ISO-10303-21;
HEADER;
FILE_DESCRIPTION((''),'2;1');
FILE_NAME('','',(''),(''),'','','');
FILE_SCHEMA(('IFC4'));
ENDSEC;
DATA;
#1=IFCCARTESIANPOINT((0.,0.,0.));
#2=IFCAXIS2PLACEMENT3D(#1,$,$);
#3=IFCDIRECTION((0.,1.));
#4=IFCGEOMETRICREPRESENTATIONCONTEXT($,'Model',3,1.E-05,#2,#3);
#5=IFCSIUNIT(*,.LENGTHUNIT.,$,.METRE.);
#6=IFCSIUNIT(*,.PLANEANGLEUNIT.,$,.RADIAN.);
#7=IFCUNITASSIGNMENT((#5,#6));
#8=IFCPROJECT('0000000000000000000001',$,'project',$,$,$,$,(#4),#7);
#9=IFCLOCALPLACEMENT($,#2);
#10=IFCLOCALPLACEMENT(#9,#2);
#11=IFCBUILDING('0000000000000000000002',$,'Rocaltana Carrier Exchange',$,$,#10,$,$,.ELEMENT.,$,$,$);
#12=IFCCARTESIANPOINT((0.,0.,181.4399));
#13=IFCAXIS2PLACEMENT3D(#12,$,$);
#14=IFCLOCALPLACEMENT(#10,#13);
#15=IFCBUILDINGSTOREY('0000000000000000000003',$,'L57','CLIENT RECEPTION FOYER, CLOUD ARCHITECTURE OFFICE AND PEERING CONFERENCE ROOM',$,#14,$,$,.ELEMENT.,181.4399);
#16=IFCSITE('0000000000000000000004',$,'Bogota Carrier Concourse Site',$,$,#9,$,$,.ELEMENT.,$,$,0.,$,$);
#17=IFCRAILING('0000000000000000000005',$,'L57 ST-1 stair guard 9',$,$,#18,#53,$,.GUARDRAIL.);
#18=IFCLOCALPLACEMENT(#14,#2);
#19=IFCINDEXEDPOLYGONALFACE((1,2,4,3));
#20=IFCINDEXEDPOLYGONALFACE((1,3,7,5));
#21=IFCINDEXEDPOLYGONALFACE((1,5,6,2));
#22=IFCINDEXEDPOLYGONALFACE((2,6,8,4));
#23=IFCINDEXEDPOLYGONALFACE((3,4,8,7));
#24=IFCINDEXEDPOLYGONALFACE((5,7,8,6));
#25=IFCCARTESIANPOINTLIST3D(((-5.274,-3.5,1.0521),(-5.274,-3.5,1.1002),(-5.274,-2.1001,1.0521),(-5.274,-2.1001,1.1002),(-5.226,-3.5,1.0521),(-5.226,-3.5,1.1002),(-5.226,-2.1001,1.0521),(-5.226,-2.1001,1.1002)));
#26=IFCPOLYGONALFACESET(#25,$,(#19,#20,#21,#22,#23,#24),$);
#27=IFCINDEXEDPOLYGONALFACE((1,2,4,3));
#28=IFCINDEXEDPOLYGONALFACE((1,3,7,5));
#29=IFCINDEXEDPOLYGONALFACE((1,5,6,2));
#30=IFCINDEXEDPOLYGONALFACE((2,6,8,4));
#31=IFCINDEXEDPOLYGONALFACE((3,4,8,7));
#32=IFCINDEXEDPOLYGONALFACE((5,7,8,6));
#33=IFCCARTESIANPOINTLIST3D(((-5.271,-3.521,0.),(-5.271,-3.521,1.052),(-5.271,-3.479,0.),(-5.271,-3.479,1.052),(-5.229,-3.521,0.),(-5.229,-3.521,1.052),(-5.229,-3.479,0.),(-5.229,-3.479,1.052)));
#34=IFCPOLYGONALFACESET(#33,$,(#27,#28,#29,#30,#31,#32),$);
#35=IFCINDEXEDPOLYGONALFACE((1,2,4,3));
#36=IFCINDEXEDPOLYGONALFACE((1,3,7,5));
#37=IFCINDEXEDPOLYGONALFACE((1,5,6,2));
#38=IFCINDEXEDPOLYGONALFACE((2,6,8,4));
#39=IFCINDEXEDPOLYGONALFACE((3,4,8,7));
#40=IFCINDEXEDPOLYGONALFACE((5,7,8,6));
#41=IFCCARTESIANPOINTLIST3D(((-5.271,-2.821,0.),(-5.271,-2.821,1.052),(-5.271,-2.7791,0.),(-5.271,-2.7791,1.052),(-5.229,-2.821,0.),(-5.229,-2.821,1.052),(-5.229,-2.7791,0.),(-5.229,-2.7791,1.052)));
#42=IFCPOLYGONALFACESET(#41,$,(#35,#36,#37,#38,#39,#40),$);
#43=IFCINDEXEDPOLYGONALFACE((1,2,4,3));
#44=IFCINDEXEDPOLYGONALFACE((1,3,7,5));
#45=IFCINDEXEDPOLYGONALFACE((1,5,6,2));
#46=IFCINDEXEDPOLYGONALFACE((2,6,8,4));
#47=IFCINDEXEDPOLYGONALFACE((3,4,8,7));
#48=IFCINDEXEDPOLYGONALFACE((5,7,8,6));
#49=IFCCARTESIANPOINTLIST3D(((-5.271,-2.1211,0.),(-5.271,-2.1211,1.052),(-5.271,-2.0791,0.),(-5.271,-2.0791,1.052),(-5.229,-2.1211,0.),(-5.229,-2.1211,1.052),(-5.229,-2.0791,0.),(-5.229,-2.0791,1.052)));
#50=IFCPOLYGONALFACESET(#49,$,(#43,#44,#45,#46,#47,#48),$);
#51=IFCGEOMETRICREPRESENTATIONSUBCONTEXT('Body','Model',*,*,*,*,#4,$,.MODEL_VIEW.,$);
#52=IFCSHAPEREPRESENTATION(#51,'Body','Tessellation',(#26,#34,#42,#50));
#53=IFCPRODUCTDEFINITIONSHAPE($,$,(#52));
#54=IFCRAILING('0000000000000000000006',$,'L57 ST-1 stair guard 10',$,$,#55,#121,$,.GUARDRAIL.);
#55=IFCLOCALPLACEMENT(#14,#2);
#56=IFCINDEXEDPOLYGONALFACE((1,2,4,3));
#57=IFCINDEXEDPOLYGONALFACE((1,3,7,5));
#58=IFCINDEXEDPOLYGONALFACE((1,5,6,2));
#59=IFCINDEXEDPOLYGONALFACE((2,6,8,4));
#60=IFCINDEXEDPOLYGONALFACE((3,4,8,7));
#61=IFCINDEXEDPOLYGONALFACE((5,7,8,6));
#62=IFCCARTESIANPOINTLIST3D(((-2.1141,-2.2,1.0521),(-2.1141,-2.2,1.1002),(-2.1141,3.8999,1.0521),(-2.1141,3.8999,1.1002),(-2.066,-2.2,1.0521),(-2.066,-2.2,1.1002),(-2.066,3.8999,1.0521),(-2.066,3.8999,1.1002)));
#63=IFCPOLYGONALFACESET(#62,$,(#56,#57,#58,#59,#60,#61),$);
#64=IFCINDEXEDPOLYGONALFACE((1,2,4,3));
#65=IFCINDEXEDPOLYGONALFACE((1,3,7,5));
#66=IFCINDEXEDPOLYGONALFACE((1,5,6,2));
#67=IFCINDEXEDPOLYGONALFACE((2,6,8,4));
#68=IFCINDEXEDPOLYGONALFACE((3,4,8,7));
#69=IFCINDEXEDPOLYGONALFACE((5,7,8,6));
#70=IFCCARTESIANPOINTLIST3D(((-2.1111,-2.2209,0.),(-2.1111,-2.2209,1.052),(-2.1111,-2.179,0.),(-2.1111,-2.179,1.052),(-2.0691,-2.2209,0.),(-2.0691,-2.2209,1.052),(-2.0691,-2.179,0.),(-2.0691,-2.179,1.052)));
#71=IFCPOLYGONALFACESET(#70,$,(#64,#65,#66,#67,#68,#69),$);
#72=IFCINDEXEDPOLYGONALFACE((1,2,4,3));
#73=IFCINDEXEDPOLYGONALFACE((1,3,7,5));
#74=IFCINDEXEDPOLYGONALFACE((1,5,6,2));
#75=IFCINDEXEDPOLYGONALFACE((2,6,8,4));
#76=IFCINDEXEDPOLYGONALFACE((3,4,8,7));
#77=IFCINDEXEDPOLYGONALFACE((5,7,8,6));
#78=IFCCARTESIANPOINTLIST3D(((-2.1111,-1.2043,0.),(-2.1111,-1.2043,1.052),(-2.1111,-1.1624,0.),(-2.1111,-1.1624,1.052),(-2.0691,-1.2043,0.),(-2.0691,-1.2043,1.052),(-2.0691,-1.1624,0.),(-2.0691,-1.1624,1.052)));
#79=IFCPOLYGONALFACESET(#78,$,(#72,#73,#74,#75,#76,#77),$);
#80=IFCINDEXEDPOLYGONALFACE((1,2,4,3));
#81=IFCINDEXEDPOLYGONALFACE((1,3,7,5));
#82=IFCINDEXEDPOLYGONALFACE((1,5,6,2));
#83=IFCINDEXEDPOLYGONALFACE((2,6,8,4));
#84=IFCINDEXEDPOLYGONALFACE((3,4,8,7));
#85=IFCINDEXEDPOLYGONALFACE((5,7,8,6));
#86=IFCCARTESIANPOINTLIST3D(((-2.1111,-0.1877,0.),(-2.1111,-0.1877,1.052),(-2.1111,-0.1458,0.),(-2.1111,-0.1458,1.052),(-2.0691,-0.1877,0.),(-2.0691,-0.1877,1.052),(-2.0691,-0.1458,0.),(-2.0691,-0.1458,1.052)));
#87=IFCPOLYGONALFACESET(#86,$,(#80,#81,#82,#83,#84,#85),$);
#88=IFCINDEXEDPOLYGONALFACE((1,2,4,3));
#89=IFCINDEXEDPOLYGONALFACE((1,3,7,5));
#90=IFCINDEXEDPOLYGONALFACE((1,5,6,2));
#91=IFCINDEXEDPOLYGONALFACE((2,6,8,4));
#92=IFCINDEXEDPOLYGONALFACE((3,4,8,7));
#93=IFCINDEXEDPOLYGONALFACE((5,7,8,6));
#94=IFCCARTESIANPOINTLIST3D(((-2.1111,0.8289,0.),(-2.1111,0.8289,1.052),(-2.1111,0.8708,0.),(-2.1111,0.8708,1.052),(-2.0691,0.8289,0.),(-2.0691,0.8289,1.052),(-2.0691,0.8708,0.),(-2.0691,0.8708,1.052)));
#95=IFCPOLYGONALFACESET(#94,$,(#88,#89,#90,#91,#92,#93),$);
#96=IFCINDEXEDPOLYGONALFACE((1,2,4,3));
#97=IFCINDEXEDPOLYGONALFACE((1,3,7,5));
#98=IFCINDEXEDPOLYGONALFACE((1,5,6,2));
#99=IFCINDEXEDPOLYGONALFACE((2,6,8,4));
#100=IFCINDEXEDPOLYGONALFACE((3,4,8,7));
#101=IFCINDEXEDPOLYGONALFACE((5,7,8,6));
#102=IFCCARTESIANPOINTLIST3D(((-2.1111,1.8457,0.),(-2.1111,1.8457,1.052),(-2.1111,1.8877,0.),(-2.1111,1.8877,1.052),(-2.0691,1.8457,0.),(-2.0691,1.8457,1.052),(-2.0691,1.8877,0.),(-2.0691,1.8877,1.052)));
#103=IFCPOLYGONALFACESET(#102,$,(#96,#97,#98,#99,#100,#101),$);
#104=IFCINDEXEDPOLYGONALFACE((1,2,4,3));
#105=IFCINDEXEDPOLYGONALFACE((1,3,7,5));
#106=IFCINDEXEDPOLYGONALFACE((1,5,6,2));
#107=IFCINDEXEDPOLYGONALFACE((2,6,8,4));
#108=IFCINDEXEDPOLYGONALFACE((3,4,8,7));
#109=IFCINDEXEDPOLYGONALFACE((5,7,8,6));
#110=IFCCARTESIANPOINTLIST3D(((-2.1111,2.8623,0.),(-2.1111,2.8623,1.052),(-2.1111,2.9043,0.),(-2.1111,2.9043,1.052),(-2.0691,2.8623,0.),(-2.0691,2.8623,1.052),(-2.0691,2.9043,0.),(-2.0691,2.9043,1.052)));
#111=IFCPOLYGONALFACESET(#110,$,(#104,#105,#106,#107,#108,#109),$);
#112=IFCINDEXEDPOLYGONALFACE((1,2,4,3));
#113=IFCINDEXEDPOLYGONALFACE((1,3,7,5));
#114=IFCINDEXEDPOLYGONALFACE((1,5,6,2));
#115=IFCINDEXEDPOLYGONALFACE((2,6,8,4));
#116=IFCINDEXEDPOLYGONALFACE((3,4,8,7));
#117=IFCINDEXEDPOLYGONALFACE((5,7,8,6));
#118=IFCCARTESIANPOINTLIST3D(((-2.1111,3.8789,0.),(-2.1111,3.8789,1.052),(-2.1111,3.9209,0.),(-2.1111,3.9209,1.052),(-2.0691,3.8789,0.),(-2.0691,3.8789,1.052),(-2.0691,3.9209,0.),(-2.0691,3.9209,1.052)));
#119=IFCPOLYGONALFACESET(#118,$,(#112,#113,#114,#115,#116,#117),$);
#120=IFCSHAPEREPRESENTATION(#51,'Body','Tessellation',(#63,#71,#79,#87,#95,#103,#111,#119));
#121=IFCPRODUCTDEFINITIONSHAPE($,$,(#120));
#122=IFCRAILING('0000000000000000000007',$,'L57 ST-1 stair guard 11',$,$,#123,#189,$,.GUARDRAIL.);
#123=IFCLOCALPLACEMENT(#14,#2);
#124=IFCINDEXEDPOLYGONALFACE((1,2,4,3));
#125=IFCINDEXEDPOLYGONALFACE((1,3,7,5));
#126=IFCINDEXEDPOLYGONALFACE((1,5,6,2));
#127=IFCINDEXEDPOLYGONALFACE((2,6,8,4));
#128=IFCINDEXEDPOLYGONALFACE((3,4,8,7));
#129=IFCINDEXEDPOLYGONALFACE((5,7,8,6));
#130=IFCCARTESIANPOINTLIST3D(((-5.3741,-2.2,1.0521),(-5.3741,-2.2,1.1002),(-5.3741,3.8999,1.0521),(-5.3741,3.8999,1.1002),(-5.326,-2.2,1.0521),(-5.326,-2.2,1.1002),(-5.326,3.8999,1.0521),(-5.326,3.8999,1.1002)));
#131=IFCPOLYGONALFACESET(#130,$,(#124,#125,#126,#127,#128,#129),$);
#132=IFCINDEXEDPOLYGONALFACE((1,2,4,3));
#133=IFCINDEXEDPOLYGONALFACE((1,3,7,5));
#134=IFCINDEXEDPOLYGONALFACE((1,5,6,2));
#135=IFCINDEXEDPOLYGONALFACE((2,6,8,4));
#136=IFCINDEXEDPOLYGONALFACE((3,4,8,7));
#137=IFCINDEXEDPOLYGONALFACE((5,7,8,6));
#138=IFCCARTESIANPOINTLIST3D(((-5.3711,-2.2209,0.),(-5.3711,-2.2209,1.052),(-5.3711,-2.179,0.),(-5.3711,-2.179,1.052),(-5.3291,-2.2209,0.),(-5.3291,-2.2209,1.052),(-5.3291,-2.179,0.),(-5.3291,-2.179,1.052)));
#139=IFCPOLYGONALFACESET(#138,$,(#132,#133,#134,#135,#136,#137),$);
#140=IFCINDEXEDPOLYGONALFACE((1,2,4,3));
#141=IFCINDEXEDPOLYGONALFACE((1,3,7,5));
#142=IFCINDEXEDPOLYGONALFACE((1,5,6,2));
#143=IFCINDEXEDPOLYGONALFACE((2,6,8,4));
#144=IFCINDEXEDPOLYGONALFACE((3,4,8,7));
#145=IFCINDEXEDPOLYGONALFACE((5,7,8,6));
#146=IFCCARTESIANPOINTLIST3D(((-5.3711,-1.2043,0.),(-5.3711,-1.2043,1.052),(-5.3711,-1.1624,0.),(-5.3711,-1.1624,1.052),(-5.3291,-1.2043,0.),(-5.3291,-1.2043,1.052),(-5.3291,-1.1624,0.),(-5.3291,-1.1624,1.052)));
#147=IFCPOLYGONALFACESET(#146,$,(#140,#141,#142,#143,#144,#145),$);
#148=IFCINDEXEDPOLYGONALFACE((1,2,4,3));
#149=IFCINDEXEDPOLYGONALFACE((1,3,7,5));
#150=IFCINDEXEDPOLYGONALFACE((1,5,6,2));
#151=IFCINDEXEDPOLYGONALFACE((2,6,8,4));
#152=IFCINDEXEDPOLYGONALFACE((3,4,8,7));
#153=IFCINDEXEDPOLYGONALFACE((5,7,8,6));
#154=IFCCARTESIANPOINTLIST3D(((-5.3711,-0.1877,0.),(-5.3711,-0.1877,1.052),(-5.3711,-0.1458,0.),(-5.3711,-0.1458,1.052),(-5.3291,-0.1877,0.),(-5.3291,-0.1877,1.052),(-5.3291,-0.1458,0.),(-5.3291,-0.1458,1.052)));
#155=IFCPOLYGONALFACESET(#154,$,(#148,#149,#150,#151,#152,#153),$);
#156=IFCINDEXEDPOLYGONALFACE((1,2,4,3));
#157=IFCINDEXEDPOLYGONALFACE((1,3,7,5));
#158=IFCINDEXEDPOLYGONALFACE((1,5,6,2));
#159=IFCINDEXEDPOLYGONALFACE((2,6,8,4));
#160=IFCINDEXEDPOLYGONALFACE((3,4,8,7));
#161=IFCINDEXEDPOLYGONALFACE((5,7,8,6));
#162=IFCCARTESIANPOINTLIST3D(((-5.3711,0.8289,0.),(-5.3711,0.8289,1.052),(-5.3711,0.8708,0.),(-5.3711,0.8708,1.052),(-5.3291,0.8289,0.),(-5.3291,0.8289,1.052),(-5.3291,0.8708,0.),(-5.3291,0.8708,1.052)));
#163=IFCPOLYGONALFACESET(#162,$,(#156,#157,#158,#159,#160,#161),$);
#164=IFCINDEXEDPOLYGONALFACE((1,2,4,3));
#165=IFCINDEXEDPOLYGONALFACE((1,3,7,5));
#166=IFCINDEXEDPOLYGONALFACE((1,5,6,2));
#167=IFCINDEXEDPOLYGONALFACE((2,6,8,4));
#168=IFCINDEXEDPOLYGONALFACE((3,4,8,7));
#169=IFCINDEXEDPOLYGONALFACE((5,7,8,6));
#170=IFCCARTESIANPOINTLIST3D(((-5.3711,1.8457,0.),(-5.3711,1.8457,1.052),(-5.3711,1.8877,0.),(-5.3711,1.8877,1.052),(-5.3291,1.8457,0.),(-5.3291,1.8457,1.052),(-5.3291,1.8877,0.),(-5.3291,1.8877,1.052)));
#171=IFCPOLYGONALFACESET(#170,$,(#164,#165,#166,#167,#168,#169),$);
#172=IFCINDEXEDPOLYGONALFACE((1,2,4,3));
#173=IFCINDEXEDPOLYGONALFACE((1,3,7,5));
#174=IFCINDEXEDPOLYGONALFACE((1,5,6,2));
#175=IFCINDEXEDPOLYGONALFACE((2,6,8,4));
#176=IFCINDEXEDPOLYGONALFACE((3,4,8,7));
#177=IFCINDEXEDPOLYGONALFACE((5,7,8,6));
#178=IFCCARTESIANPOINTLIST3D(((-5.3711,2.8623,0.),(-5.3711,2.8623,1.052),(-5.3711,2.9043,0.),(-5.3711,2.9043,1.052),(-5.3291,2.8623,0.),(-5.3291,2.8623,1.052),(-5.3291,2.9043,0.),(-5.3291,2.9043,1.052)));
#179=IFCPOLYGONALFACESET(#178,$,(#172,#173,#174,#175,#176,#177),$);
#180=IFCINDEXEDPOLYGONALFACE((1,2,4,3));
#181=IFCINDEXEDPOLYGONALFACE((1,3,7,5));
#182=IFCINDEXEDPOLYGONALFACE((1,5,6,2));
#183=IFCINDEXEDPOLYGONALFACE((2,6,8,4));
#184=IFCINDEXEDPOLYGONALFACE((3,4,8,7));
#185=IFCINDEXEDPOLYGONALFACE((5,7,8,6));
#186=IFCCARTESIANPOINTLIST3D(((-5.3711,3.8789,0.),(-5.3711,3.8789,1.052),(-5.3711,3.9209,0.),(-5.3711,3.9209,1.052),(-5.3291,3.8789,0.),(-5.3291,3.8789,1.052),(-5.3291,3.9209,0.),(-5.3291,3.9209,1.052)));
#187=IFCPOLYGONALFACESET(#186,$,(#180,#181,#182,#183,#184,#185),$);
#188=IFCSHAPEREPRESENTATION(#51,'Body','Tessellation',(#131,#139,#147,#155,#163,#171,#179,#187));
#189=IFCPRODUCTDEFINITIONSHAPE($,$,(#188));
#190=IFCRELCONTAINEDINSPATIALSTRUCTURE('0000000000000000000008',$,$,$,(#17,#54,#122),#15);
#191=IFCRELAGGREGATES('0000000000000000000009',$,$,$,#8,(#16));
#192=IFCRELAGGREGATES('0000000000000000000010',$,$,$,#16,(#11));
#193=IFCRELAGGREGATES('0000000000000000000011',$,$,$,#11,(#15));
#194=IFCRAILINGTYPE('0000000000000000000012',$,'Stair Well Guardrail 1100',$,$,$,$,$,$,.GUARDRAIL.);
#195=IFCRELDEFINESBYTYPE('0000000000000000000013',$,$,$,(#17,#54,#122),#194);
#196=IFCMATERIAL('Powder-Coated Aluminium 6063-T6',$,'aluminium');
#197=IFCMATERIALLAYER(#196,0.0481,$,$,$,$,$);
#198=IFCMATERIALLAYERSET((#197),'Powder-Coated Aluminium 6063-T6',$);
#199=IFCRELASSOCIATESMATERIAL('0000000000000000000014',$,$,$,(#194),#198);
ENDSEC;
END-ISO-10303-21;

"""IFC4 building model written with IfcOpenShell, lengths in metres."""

from ifc_helpers import new_model, si_unit, direction, frame, origin, origin_2d, place, context, subcontext, project, spatial, rectangle, extrude, material, layer, layer_set, type_object, element, save


model = new_model("IFC4")

# Units and contexts
model_context = context("Model", 3, precision=1e-05, world=origin(), true_north=direction((0.0, 1.0)))
body_context = subcontext(model_context, "Body", "Model", "MODEL_VIEW")
ifc_project = project(units=[si_unit("LENGTHUNIT", "METRE"), si_unit("PLANEANGLEUNIT", "RADIAN")], contexts=[model_context])

# Site, building, storey
site_placement = place(None, origin())
site = spatial("IfcSite", under=ifc_project, at=site_placement, Name="Bogota Carrier Concourse Site", CompositionType="ELEMENT", RefElevation=0.0)
building_placement = place(site_placement, origin())
building = spatial("IfcBuilding", under=site, at=building_placement, Name="Rocaltana Carrier Exchange", CompositionType="ELEMENT")
storey_placement = place(building_placement, frame((0.0, 0.0, 181.4399)))
storey = spatial("IfcBuildingStorey", under=building, at=storey_placement, Name="L57", Description="CLIENT RECEPTION FOYER, CLOUD ARCHITECTURE OFFICE AND PEERING CONFERENCE ROOM", CompositionType="ELEMENT", Elevation=181.4399)

# Railings
ifc_material_1 = material(Name="Powder-Coated Aluminium 6063-T6", Category="aluminium")
ifc_layer_1 = layer(ifc_material_1, 0.0481)
ifc_layer_set_1 = layer_set([ifc_layer_1], Name="Powder-Coated Aluminium 6063-T6")
railing_type_1 = type_object("IfcRailingType", Name="Stair Well Guardrail 1100", PredefinedType="GUARDRAIL", material=ifc_layer_set_1)
for number, where, name in (
    (1, (-5.25, -3.5, 0.0), "L57 ST-1 stair guard 9"),
):
    element("IfcRailing", number, at=place(storey_placement, frame(where)), inside=storey, type_object=railing_type_1, Name=name, PredefinedType="GUARDRAIL", context=body_context, shape_type="SweptSolid", body=[
        extrude(rectangle(XDim=0.0481, YDim=0.0481, at=origin_2d()), frame((0.0, 0.0, 1.0762), z_axis=(0.0, 1.0, 0.0), x_axis=(-1.0, 0.0, 0.0)), (0.0, 0.0, 1.0), 1.3999),
        extrude(rectangle(XDim=0.042, YDim=0.042, at=origin_2d()), origin(), (0.0, 0.0, 1.0), 1.052),
        extrude(rectangle(XDim=0.042, YDim=0.042, at=origin_2d()), frame((0.0, 0.7, 0.0)), (0.0, 0.0, 1.0), 1.052),
        extrude(rectangle(XDim=0.042, YDim=0.042, at=origin_2d()), frame((0.0, 1.3999, 0.0)), (0.0, 0.0, 1.0), 1.052),
    ])
for number, where, name in (
    (2, (-2.0901, -2.2, 0.0), "L57 ST-1 stair guard 10"),
    (3, (-5.3501, -2.2, 0.0), "L57 ST-1 stair guard 11"),
):
    element("IfcRailing", number, at=place(storey_placement, frame(where)), inside=storey, type_object=railing_type_1, Name=name, PredefinedType="GUARDRAIL", context=body_context, shape_type="SweptSolid", body=[
        extrude(rectangle(XDim=0.0481, YDim=0.0481, at=origin_2d()), frame((0.0, 0.0, 1.0762), z_axis=(0.0, 1.0, 0.0), x_axis=(-1.0, 0.0, 0.0)), (0.0, 0.0, 1.0), 6.0999),
        extrude(rectangle(XDim=0.042, YDim=0.042, at=origin_2d()), origin(), (0.0, 0.0, 1.0), 1.052),
        extrude(rectangle(XDim=0.042, YDim=0.042, at=origin_2d()), frame((0.0, 1.0166, 0.0)), (0.0, 0.0, 1.0), 1.052),
        extrude(rectangle(XDim=0.042, YDim=0.042, at=origin_2d()), frame((0.0, 2.0332, 0.0)), (0.0, 0.0, 1.0), 1.052),
        extrude(rectangle(XDim=0.042, YDim=0.042, at=origin_2d()), frame((0.0, 3.0498, 0.0)), (0.0, 0.0, 1.0), 1.052),
        extrude(rectangle(XDim=0.042, YDim=0.042, at=origin_2d()), frame((0.0, 4.0667, 0.0)), (0.0, 0.0, 1.0), 1.052),
        extrude(rectangle(XDim=0.042, YDim=0.042, at=origin_2d()), frame((0.0, 5.0833, 0.0)), (0.0, 0.0, 1.0), 1.052),
        extrude(rectangle(XDim=0.042, YDim=0.042, at=origin_2d()), frame((0.0, 6.0999, 0.0)), (0.0, 0.0, 1.0), 1.052),
    ])

save(model, "model.ifc")
